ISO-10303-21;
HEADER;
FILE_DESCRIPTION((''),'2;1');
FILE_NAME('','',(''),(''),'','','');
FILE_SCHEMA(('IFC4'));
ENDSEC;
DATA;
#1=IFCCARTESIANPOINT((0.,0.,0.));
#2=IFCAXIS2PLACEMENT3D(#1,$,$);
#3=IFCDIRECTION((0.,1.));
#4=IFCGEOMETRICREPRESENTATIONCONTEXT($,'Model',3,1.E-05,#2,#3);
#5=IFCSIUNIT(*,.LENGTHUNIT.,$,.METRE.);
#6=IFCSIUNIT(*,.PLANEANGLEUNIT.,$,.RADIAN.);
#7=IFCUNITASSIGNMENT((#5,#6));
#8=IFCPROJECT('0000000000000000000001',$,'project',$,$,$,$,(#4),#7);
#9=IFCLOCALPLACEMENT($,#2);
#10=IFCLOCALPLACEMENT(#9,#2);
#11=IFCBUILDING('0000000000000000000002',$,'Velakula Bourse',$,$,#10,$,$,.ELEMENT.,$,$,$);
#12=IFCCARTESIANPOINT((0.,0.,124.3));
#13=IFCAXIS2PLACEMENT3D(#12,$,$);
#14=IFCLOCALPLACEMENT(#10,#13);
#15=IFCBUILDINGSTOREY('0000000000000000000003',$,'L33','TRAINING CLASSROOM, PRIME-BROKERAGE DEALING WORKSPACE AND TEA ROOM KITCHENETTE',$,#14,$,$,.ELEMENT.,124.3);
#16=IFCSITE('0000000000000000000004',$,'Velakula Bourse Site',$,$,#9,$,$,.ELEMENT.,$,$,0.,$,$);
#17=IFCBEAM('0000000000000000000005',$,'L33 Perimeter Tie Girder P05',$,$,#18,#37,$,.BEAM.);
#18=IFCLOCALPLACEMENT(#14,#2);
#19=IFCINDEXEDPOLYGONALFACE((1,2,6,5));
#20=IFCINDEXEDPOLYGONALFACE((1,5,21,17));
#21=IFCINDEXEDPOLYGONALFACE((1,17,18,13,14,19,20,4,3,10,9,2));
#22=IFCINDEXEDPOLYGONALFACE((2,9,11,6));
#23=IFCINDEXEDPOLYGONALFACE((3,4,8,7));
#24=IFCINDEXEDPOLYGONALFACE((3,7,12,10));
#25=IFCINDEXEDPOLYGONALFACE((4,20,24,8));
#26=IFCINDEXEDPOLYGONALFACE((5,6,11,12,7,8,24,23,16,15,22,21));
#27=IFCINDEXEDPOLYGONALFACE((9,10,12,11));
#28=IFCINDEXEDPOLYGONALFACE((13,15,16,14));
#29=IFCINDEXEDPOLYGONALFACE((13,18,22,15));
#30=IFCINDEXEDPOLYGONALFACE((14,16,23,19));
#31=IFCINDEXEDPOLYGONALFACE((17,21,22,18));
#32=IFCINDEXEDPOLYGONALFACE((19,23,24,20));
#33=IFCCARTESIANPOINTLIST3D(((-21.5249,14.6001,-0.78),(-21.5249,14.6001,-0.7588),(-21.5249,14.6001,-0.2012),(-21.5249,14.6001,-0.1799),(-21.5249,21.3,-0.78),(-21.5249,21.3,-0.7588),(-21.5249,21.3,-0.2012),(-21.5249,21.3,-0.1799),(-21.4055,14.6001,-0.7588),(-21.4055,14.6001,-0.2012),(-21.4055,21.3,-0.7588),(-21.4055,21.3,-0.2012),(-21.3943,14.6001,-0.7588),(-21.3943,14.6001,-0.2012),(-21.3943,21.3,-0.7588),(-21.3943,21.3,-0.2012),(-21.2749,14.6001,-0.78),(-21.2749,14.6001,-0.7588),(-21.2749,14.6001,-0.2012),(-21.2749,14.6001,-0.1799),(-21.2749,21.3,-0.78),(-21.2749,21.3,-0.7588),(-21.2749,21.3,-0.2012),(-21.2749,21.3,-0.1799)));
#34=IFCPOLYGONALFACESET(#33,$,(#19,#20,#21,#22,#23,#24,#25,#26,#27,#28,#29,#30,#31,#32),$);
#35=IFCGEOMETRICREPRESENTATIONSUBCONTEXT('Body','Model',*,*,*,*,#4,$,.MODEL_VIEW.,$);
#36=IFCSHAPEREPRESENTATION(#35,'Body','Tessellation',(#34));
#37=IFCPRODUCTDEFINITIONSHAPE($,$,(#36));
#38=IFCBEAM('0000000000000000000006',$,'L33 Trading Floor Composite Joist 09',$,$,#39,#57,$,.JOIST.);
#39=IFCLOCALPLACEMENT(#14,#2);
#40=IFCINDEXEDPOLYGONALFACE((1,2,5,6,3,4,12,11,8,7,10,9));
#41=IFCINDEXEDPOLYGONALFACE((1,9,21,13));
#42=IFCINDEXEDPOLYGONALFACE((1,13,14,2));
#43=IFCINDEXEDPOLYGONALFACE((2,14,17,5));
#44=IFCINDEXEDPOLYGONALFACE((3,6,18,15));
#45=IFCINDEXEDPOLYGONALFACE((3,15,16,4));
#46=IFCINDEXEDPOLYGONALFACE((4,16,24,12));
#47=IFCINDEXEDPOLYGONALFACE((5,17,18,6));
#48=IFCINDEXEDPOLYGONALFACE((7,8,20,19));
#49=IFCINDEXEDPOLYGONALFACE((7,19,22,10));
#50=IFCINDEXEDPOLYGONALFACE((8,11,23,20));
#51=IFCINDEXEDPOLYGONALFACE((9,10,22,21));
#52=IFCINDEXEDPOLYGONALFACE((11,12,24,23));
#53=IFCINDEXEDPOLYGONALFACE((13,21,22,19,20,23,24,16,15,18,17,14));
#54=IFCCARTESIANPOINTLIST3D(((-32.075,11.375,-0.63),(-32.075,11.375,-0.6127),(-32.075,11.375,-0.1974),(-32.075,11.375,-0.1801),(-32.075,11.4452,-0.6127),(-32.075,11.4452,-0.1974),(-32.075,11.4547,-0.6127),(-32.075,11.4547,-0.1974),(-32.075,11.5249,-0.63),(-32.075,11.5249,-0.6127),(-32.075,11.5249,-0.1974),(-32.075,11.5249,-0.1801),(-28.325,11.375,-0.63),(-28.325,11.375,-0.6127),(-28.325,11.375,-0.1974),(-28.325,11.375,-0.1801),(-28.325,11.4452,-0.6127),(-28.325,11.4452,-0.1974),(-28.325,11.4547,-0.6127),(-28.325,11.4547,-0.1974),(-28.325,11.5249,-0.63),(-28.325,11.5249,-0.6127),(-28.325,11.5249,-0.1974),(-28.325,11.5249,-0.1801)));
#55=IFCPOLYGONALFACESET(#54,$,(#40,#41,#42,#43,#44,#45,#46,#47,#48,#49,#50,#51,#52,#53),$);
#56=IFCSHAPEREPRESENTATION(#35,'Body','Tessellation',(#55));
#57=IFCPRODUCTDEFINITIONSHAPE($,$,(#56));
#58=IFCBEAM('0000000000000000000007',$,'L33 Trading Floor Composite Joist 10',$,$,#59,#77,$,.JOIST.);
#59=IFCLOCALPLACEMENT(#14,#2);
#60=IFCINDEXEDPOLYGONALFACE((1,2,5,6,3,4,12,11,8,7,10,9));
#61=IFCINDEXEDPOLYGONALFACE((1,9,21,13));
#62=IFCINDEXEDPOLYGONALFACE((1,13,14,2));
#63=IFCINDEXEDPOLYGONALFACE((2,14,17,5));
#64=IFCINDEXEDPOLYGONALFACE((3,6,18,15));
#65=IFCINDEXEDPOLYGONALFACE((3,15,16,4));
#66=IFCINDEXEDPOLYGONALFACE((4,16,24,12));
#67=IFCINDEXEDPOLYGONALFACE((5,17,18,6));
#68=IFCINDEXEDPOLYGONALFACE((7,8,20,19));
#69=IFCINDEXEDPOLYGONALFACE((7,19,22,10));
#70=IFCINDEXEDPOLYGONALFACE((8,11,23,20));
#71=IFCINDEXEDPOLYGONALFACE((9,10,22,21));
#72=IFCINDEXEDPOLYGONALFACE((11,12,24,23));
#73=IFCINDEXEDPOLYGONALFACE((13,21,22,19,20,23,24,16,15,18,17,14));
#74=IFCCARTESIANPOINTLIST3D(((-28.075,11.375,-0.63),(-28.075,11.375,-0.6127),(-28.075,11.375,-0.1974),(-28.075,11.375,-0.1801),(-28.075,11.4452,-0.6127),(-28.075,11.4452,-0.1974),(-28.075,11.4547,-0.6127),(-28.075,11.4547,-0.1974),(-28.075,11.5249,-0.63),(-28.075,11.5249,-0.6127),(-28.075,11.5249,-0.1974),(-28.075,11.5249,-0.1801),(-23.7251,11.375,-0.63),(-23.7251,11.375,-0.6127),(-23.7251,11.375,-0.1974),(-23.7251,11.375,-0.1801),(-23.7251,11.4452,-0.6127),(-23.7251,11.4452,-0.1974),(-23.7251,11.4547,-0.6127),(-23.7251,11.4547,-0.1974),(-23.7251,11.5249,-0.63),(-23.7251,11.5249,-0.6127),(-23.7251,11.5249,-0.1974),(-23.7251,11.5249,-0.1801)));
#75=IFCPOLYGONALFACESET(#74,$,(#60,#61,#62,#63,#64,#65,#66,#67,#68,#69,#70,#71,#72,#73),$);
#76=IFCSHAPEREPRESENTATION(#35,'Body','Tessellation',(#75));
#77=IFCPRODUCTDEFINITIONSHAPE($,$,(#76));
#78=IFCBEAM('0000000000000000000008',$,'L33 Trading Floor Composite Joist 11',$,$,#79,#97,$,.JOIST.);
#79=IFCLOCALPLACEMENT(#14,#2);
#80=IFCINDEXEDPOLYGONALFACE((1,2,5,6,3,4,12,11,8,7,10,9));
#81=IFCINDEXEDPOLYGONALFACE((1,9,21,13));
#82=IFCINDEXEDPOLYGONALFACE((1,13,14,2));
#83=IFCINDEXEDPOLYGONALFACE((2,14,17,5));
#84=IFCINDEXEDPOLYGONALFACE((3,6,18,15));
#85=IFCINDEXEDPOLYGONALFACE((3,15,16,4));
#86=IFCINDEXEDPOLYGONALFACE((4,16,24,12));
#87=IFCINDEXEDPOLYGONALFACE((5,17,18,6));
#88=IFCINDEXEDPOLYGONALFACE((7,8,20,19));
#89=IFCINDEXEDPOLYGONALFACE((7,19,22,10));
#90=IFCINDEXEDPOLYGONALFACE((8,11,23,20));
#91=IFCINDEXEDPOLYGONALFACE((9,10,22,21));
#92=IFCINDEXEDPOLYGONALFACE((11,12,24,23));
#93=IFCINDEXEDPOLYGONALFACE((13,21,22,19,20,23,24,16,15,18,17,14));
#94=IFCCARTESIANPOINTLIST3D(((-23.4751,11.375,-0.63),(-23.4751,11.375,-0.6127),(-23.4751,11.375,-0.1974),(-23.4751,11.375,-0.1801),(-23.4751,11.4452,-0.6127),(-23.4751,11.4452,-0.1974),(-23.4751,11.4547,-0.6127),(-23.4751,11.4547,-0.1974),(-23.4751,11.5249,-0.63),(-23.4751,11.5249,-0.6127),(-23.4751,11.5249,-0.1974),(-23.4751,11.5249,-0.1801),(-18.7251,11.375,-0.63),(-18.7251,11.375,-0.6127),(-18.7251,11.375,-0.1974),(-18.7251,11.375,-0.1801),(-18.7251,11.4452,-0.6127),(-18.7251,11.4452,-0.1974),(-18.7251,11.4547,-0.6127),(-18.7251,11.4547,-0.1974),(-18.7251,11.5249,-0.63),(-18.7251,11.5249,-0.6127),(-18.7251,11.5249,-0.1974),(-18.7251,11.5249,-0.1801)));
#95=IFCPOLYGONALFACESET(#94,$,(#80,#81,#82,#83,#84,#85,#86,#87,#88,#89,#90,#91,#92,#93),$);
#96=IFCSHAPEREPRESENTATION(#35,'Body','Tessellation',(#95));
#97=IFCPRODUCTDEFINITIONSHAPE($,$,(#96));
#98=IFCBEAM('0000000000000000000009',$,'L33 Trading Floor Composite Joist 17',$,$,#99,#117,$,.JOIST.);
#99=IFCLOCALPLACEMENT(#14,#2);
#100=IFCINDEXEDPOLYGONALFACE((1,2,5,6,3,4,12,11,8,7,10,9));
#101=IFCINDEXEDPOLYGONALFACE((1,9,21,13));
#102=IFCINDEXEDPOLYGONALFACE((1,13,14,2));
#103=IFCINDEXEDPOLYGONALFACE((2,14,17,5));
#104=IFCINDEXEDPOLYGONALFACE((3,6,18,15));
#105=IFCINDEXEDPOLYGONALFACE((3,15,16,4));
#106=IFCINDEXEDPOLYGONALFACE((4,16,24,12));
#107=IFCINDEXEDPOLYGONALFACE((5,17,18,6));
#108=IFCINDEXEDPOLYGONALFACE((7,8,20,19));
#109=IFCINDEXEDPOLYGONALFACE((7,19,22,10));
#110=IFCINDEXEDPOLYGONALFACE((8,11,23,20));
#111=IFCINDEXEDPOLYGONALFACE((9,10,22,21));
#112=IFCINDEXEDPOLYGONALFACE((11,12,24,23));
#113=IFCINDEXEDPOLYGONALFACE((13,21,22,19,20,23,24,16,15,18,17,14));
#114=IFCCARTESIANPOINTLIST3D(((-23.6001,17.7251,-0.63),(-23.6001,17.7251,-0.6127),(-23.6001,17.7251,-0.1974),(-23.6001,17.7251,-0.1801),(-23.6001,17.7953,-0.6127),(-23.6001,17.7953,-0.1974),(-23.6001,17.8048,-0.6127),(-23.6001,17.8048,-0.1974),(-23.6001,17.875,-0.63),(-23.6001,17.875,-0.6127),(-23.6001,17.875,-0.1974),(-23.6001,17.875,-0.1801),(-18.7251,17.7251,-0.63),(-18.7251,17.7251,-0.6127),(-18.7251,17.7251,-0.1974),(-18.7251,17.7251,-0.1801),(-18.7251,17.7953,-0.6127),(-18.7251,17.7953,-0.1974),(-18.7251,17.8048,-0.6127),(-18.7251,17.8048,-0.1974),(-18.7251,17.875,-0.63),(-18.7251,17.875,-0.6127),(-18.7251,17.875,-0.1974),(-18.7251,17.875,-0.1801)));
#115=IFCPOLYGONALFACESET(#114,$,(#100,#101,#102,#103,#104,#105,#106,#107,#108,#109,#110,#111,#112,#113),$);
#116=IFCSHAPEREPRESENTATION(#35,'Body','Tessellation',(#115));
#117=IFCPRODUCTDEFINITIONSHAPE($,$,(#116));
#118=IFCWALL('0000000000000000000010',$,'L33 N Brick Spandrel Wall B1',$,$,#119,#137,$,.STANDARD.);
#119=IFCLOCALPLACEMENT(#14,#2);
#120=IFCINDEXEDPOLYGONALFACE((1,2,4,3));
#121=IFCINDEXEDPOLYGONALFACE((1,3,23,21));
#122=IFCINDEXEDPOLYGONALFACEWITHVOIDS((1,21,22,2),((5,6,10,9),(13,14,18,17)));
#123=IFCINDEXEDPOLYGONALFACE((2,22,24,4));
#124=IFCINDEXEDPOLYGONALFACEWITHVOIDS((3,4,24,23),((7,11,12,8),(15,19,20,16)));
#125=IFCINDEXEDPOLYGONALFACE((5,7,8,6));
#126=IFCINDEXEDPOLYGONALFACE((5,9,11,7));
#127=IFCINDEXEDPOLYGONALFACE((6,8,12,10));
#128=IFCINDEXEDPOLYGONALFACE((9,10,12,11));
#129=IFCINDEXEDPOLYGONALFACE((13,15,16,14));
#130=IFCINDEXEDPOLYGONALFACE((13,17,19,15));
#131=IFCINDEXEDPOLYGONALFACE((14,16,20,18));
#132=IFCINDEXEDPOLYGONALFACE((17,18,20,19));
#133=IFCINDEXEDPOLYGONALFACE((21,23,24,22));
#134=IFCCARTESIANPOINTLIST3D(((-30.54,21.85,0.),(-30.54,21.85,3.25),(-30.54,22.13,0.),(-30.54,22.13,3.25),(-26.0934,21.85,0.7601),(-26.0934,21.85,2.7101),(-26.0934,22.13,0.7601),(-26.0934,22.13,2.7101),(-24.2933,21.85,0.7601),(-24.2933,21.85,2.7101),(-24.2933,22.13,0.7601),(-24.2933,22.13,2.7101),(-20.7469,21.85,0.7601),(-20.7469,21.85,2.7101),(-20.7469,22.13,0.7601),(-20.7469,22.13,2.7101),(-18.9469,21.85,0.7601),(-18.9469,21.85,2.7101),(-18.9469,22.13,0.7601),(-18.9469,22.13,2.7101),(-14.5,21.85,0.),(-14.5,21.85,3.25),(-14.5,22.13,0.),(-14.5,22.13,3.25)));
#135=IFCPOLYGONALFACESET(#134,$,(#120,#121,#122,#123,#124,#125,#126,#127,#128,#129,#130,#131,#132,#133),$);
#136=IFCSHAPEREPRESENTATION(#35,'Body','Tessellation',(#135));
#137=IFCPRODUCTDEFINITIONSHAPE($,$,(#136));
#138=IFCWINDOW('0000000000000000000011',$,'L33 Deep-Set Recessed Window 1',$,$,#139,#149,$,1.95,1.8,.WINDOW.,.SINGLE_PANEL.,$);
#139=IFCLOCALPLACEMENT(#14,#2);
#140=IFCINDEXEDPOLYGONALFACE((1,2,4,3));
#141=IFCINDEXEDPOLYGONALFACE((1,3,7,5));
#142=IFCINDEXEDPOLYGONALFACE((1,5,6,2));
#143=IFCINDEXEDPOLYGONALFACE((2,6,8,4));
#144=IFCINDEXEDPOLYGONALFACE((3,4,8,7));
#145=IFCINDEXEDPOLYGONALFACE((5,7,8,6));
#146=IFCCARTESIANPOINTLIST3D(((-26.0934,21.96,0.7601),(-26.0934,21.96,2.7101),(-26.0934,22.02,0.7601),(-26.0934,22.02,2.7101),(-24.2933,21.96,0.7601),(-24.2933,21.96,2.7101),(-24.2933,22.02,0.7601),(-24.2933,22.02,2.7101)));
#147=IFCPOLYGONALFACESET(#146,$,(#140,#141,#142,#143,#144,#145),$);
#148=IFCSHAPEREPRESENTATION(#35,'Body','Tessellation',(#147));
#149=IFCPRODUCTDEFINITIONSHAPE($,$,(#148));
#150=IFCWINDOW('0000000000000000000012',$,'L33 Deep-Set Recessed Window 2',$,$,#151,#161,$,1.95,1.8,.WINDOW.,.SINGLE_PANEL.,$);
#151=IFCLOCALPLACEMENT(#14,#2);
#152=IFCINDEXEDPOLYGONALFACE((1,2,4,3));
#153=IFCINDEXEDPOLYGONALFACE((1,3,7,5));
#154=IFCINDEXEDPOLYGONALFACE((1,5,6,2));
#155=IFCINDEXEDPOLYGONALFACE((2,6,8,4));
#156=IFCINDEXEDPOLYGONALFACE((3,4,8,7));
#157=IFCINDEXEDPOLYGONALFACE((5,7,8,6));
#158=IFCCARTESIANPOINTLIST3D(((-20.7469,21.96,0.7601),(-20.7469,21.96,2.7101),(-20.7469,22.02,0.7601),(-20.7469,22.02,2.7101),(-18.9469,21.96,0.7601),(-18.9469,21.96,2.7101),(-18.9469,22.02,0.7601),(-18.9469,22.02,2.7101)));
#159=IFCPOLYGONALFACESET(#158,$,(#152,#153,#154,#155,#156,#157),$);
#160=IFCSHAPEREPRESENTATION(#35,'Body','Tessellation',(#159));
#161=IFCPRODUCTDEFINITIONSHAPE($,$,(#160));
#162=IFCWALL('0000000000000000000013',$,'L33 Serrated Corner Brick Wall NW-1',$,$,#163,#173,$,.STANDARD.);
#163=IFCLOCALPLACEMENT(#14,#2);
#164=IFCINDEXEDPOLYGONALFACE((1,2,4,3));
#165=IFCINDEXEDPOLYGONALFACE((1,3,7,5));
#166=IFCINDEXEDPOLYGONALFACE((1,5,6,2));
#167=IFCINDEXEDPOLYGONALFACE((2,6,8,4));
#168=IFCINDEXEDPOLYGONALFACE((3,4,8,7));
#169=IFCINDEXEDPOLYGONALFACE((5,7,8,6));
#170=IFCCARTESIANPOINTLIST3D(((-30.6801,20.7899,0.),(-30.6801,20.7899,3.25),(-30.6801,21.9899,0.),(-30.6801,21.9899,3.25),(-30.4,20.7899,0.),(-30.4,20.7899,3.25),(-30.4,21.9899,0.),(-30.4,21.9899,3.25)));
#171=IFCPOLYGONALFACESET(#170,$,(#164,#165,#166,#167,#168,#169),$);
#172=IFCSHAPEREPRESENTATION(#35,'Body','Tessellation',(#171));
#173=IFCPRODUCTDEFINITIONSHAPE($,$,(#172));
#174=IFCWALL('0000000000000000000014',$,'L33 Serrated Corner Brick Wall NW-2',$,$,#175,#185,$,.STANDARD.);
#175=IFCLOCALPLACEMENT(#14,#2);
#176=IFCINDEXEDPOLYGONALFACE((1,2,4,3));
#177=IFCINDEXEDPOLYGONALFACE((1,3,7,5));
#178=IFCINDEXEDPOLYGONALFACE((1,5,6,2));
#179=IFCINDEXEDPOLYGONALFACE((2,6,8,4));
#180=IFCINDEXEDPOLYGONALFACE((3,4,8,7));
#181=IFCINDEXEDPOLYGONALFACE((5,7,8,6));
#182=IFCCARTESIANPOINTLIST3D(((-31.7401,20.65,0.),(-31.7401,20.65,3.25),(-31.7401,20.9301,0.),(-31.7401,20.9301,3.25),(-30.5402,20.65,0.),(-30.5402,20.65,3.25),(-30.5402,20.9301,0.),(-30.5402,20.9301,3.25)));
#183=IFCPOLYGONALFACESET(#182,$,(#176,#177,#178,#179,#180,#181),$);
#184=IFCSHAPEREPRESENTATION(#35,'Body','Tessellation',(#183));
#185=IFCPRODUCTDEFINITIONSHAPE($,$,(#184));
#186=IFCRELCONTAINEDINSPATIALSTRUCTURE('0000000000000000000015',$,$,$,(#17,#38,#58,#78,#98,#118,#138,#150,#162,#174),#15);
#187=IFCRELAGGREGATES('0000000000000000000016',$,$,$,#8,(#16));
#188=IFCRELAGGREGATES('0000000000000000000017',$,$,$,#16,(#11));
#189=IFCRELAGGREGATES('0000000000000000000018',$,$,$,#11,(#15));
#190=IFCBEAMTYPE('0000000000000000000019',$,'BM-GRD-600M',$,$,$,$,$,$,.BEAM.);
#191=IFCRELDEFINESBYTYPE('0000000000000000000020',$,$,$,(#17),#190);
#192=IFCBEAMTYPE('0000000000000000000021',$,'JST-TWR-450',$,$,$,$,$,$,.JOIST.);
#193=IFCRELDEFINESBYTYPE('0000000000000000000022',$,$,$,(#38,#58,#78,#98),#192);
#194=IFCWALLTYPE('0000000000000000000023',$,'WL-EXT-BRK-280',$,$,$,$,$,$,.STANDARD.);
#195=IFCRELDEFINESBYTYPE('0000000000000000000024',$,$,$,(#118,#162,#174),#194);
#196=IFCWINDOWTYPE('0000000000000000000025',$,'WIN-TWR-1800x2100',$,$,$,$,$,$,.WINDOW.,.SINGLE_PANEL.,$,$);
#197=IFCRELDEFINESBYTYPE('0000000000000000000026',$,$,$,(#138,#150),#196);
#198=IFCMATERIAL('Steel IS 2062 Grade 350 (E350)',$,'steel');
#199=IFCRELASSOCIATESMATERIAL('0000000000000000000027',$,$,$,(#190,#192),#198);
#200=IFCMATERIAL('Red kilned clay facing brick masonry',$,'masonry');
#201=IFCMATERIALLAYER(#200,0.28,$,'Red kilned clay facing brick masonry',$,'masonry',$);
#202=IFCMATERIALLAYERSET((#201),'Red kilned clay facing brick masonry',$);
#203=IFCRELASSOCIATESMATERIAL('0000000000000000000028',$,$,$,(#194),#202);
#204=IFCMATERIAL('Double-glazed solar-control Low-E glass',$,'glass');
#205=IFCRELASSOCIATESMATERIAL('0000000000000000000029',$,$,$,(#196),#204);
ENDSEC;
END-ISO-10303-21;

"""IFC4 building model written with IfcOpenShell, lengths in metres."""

from ifc_helpers import new_model, si_unit, direction, frame, frame_2d, origin, origin_2d, place, context, subcontext, project, spatial, rectangle, i_section, extrude, material, layer, layer_set, material_profile, profile_set, type_object, element, fill, save


model = new_model("IFC4")

# Units and contexts
model_context = context("Model", 3, precision=1e-05, world=origin(), true_north=direction((0.0, 1.0)))
body_context = subcontext(model_context, "Body", "Model", "MODEL_VIEW")
ifc_project = project(units=[si_unit("LENGTHUNIT", "METRE"), si_unit("PLANEANGLEUNIT", "RADIAN")], contexts=[model_context])

# Site, building, storey
site_placement = place(None, origin())
site = spatial("IfcSite", under=ifc_project, at=site_placement, Name="Velakula Bourse Site", CompositionType="ELEMENT", RefElevation=0.0)
building_placement = place(site_placement, origin())
building = spatial("IfcBuilding", under=site, at=building_placement, Name="Velakula Bourse", CompositionType="ELEMENT")
storey_placement = place(building_placement, frame((0.0, 0.0, 124.3)))
storey = spatial("IfcBuildingStorey", under=building, at=storey_placement, Name="L33", Description="TRAINING CLASSROOM, PRIME-BROKERAGE DEALING WORKSPACE AND TEA ROOM KITCHENETTE", CompositionType="ELEMENT", Elevation=124.3)

# Shared definitions
ifc_material_1 = material(Name="Steel IS 2062 Grade 350 (E350)", Category="steel")

# Beams
ifc_material_profile_1 = material_profile(ifc_material_1, i_section(OverallWidth=0.25, OverallDepth=0.6001, WebThickness=0.0112, FlangeThickness=0.0212, at=origin_2d()), Name="Steel IS 2062 Grade 350 (E350)")
ifc_profile_set_1 = profile_set([ifc_material_profile_1], Name="Steel IS 2062 Grade 350 (E350)")
beam_type_1 = type_object("IfcBeamType", Name="BM-GRD-600M", PredefinedType="BEAM", material=ifc_profile_set_1)
beam_1_placement = place(storey_placement, frame((-21.3999, 14.6001, -0.48), z_axis=(0.0, 1.0, 0.0), x_axis=(-1.0, 0.0, 0.0)))
element("IfcBeam", 1, at=beam_1_placement, inside=storey, type_object=beam_type_1, Name="L33 Perimeter Tie Girder P05", PredefinedType="BEAM", context=body_context, shape_type="SweptSolid", body=[
    extrude(i_section(OverallWidth=0.25, OverallDepth=0.6001, WebThickness=0.0112, FlangeThickness=0.0212, at=origin_2d()), origin(), (0.0, 0.0, 1.0), 6.7),
])
ifc_material_profile_2 = material_profile(ifc_material_1, i_section(OverallWidth=0.1499, OverallDepth=0.45, WebThickness=0.0095, FlangeThickness=0.0173, at=origin_2d()), Name="Steel IS 2062 Grade 350 (E350)")
ifc_profile_set_2 = profile_set([ifc_material_profile_2], Name="Steel IS 2062 Grade 350 (E350)")
beam_type_2 = type_object("IfcBeamType", Name="JST-TWR-450", PredefinedType="JOIST", material=ifc_profile_set_2)
beam_2_placement = place(storey_placement, frame((-32.075, 11.45, -0.405), z_axis=(1.0, 0.0, 0.0), x_axis=(0.0, 1.0, 0.0)))
element("IfcBeam", 2, at=beam_2_placement, inside=storey, type_object=beam_type_2, Name="L33 Trading Floor Composite Joist 09", PredefinedType="JOIST", context=body_context, shape_type="SweptSolid", body=[
    extrude(i_section(OverallWidth=0.1499, OverallDepth=0.45, WebThickness=0.0095, FlangeThickness=0.0173, at=origin_2d()), origin(), (0.0, 0.0, 1.0), 3.75),
])
beam_3_placement = place(storey_placement, frame((-28.075, 11.45, -0.405), z_axis=(1.0, 0.0, 0.0), x_axis=(0.0, 1.0, 0.0)))
element("IfcBeam", 3, at=beam_3_placement, inside=storey, type_object=beam_type_2, Name="L33 Trading Floor Composite Joist 10", PredefinedType="JOIST", context=body_context, shape_type="SweptSolid", body=[
    extrude(i_section(OverallWidth=0.1499, OverallDepth=0.45, WebThickness=0.0095, FlangeThickness=0.0173, at=origin_2d()), origin(), (0.0, 0.0, 1.0), 4.3499),
])
beam_4_placement = place(storey_placement, frame((-23.4751, 11.45, -0.405), z_axis=(1.0, 0.0, 0.0), x_axis=(0.0, 1.0, 0.0)))
element("IfcBeam", 4, at=beam_4_placement, inside=storey, type_object=beam_type_2, Name="L33 Trading Floor Composite Joist 11", PredefinedType="JOIST", context=body_context, shape_type="SweptSolid", body=[
    extrude(i_section(OverallWidth=0.1499, OverallDepth=0.45, WebThickness=0.0095, FlangeThickness=0.0173, at=origin_2d()), origin(), (0.0, 0.0, 1.0), 4.75),
])
beam_5_placement = place(storey_placement, frame((-23.6001, 17.8, -0.405), z_axis=(1.0, 0.0, 0.0), x_axis=(0.0, 1.0, 0.0)))
element("IfcBeam", 5, at=beam_5_placement, inside=storey, type_object=beam_type_2, Name="L33 Trading Floor Composite Joist 17", PredefinedType="JOIST", context=body_context, shape_type="SweptSolid", body=[
    extrude(i_section(OverallWidth=0.1499, OverallDepth=0.45, WebThickness=0.0095, FlangeThickness=0.0173, at=origin_2d()), origin(), (0.0, 0.0, 1.0), 4.875),
])

# Wall, openings, windows
ifc_material_2 = material(Name="Red kilned clay facing brick masonry", Category="masonry")
ifc_layer_1 = layer(ifc_material_2, 0.28, Name="Red kilned clay facing brick masonry", Category="masonry")
ifc_layer_set_1 = layer_set([ifc_layer_1], Name="Red kilned clay facing brick masonry")
wall_type_1 = type_object("IfcWallType", Name="WL-EXT-BRK-280", PredefinedType="STANDARD", material=ifc_layer_set_1)
wall_1_placement = place(storey_placement, frame((-30.54, 21.99, 0.0), z_axis=(0.0, 0.0, 1.0), x_axis=(1.0, 0.0, 0.0)))
wall_1 = element("IfcWall", 6, at=wall_1_placement, inside=storey, type_object=wall_type_1, Name="L33 N Brick Spandrel Wall B1", PredefinedType="STANDARD", context=body_context, shape_type="SweptSolid", body=[
    extrude(rectangle(XDim=16.04, YDim=0.28, at=frame_2d((8.02, 0.0))), origin(), (0.0, 0.0, 1.0), 3.25),
])
opening_1_placement = place(wall_1_placement, frame((4.4468, 0.0, 0.76)))
opening_1 = element("IfcOpeningElement", 7, at=opening_1_placement, cuts=wall_1, PredefinedType="OPENING", context=body_context, shape_type="SweptSolid", body=[
    extrude(rectangle(XDim=1.8, YDim=1.95, at=frame_2d((0.8999, 0.9751))), frame((0.0, 0.1499, 0.0), z_axis=(0.0, -1.0, 0.0), x_axis=(1.0, 0.0, 0.0)), (0.0, 0.0, 1.0), 0.3),
])
opening_2_placement = place(wall_1_placement, frame((9.7932, 0.0, 0.76)))
opening_2 = element("IfcOpeningElement", 8, at=opening_2_placement, cuts=wall_1, PredefinedType="OPENING", context=body_context, shape_type="SweptSolid", body=[
    extrude(rectangle(XDim=1.8, YDim=1.95, at=frame_2d((0.8999, 0.9751))), frame((0.0, 0.1499, 0.0), z_axis=(0.0, -1.0, 0.0), x_axis=(1.0, 0.0, 0.0)), (0.0, 0.0, 1.0), 0.3),
])
ifc_material_3 = material(Name="Double-glazed solar-control Low-E glass", Category="glass")
window_type = type_object("IfcWindowType", Name="WIN-TWR-1800x2100", PartitioningType="SINGLE_PANEL", PredefinedType="WINDOW", material=ifc_material_3)
window_1_placement = place(opening_1_placement, origin())
window_1 = element("IfcWindow", 9, at=window_1_placement, inside=storey, type_object=window_type, Name="L33 Deep-Set Recessed Window 1", OverallHeight=1.95, OverallWidth=1.8, PartitioningType="SINGLE_PANEL", PredefinedType="WINDOW", context=body_context, shape_type="SweptSolid", body=[
    extrude(rectangle(XDim=1.8, YDim=1.95, at=frame_2d((0.8999, 0.9751))), frame((0.0, 0.03, 0.0), z_axis=(0.0, -1.0, 0.0), x_axis=(1.0, 0.0, 0.0)), (0.0, 0.0, 1.0), 0.0601),
])
fill(opening_1, window_1)
window_2_placement = place(opening_2_placement, origin())
window_2 = element("IfcWindow", 10, at=window_2_placement, inside=storey, type_object=window_type, Name="L33 Deep-Set Recessed Window 2", OverallHeight=1.95, OverallWidth=1.8, PartitioningType="SINGLE_PANEL", PredefinedType="WINDOW", context=body_context, shape_type="SweptSolid", body=[
    extrude(rectangle(XDim=1.8, YDim=1.95, at=frame_2d((0.8999, 0.9751))), frame((0.0, 0.03, 0.0), z_axis=(0.0, -1.0, 0.0), x_axis=(1.0, 0.0, 0.0)), (0.0, 0.0, 1.0), 0.0601),
])
fill(opening_2, window_2)

# Walls
for number, where, z_axis, x_axis, name in (
    (11, (-30.54, 21.99, 0.0), (0.0, 0.0, 1.0), (0.0, -1.0, 0.0), "L33 Serrated Corner Brick Wall NW-1"),
    (12, (-30.54, 20.79, 0.0), (0.0, 0.0, 1.0), (-1.0, 0.0, 0.0), "L33 Serrated Corner Brick Wall NW-2"),
):
    element("IfcWall", number, at=place(storey_placement, frame(where, z_axis=z_axis, x_axis=x_axis)), inside=storey, type_object=wall_type_1, Name=name, PredefinedType="STANDARD", context=body_context, shape_type="SweptSolid", body=[
        extrude(rectangle(XDim=1.2, YDim=0.28, at=frame_2d((0.6001, 0.0))), origin(), (0.0, 0.0, 1.0), 3.25),
    ])

save(model, "model.ifc")
